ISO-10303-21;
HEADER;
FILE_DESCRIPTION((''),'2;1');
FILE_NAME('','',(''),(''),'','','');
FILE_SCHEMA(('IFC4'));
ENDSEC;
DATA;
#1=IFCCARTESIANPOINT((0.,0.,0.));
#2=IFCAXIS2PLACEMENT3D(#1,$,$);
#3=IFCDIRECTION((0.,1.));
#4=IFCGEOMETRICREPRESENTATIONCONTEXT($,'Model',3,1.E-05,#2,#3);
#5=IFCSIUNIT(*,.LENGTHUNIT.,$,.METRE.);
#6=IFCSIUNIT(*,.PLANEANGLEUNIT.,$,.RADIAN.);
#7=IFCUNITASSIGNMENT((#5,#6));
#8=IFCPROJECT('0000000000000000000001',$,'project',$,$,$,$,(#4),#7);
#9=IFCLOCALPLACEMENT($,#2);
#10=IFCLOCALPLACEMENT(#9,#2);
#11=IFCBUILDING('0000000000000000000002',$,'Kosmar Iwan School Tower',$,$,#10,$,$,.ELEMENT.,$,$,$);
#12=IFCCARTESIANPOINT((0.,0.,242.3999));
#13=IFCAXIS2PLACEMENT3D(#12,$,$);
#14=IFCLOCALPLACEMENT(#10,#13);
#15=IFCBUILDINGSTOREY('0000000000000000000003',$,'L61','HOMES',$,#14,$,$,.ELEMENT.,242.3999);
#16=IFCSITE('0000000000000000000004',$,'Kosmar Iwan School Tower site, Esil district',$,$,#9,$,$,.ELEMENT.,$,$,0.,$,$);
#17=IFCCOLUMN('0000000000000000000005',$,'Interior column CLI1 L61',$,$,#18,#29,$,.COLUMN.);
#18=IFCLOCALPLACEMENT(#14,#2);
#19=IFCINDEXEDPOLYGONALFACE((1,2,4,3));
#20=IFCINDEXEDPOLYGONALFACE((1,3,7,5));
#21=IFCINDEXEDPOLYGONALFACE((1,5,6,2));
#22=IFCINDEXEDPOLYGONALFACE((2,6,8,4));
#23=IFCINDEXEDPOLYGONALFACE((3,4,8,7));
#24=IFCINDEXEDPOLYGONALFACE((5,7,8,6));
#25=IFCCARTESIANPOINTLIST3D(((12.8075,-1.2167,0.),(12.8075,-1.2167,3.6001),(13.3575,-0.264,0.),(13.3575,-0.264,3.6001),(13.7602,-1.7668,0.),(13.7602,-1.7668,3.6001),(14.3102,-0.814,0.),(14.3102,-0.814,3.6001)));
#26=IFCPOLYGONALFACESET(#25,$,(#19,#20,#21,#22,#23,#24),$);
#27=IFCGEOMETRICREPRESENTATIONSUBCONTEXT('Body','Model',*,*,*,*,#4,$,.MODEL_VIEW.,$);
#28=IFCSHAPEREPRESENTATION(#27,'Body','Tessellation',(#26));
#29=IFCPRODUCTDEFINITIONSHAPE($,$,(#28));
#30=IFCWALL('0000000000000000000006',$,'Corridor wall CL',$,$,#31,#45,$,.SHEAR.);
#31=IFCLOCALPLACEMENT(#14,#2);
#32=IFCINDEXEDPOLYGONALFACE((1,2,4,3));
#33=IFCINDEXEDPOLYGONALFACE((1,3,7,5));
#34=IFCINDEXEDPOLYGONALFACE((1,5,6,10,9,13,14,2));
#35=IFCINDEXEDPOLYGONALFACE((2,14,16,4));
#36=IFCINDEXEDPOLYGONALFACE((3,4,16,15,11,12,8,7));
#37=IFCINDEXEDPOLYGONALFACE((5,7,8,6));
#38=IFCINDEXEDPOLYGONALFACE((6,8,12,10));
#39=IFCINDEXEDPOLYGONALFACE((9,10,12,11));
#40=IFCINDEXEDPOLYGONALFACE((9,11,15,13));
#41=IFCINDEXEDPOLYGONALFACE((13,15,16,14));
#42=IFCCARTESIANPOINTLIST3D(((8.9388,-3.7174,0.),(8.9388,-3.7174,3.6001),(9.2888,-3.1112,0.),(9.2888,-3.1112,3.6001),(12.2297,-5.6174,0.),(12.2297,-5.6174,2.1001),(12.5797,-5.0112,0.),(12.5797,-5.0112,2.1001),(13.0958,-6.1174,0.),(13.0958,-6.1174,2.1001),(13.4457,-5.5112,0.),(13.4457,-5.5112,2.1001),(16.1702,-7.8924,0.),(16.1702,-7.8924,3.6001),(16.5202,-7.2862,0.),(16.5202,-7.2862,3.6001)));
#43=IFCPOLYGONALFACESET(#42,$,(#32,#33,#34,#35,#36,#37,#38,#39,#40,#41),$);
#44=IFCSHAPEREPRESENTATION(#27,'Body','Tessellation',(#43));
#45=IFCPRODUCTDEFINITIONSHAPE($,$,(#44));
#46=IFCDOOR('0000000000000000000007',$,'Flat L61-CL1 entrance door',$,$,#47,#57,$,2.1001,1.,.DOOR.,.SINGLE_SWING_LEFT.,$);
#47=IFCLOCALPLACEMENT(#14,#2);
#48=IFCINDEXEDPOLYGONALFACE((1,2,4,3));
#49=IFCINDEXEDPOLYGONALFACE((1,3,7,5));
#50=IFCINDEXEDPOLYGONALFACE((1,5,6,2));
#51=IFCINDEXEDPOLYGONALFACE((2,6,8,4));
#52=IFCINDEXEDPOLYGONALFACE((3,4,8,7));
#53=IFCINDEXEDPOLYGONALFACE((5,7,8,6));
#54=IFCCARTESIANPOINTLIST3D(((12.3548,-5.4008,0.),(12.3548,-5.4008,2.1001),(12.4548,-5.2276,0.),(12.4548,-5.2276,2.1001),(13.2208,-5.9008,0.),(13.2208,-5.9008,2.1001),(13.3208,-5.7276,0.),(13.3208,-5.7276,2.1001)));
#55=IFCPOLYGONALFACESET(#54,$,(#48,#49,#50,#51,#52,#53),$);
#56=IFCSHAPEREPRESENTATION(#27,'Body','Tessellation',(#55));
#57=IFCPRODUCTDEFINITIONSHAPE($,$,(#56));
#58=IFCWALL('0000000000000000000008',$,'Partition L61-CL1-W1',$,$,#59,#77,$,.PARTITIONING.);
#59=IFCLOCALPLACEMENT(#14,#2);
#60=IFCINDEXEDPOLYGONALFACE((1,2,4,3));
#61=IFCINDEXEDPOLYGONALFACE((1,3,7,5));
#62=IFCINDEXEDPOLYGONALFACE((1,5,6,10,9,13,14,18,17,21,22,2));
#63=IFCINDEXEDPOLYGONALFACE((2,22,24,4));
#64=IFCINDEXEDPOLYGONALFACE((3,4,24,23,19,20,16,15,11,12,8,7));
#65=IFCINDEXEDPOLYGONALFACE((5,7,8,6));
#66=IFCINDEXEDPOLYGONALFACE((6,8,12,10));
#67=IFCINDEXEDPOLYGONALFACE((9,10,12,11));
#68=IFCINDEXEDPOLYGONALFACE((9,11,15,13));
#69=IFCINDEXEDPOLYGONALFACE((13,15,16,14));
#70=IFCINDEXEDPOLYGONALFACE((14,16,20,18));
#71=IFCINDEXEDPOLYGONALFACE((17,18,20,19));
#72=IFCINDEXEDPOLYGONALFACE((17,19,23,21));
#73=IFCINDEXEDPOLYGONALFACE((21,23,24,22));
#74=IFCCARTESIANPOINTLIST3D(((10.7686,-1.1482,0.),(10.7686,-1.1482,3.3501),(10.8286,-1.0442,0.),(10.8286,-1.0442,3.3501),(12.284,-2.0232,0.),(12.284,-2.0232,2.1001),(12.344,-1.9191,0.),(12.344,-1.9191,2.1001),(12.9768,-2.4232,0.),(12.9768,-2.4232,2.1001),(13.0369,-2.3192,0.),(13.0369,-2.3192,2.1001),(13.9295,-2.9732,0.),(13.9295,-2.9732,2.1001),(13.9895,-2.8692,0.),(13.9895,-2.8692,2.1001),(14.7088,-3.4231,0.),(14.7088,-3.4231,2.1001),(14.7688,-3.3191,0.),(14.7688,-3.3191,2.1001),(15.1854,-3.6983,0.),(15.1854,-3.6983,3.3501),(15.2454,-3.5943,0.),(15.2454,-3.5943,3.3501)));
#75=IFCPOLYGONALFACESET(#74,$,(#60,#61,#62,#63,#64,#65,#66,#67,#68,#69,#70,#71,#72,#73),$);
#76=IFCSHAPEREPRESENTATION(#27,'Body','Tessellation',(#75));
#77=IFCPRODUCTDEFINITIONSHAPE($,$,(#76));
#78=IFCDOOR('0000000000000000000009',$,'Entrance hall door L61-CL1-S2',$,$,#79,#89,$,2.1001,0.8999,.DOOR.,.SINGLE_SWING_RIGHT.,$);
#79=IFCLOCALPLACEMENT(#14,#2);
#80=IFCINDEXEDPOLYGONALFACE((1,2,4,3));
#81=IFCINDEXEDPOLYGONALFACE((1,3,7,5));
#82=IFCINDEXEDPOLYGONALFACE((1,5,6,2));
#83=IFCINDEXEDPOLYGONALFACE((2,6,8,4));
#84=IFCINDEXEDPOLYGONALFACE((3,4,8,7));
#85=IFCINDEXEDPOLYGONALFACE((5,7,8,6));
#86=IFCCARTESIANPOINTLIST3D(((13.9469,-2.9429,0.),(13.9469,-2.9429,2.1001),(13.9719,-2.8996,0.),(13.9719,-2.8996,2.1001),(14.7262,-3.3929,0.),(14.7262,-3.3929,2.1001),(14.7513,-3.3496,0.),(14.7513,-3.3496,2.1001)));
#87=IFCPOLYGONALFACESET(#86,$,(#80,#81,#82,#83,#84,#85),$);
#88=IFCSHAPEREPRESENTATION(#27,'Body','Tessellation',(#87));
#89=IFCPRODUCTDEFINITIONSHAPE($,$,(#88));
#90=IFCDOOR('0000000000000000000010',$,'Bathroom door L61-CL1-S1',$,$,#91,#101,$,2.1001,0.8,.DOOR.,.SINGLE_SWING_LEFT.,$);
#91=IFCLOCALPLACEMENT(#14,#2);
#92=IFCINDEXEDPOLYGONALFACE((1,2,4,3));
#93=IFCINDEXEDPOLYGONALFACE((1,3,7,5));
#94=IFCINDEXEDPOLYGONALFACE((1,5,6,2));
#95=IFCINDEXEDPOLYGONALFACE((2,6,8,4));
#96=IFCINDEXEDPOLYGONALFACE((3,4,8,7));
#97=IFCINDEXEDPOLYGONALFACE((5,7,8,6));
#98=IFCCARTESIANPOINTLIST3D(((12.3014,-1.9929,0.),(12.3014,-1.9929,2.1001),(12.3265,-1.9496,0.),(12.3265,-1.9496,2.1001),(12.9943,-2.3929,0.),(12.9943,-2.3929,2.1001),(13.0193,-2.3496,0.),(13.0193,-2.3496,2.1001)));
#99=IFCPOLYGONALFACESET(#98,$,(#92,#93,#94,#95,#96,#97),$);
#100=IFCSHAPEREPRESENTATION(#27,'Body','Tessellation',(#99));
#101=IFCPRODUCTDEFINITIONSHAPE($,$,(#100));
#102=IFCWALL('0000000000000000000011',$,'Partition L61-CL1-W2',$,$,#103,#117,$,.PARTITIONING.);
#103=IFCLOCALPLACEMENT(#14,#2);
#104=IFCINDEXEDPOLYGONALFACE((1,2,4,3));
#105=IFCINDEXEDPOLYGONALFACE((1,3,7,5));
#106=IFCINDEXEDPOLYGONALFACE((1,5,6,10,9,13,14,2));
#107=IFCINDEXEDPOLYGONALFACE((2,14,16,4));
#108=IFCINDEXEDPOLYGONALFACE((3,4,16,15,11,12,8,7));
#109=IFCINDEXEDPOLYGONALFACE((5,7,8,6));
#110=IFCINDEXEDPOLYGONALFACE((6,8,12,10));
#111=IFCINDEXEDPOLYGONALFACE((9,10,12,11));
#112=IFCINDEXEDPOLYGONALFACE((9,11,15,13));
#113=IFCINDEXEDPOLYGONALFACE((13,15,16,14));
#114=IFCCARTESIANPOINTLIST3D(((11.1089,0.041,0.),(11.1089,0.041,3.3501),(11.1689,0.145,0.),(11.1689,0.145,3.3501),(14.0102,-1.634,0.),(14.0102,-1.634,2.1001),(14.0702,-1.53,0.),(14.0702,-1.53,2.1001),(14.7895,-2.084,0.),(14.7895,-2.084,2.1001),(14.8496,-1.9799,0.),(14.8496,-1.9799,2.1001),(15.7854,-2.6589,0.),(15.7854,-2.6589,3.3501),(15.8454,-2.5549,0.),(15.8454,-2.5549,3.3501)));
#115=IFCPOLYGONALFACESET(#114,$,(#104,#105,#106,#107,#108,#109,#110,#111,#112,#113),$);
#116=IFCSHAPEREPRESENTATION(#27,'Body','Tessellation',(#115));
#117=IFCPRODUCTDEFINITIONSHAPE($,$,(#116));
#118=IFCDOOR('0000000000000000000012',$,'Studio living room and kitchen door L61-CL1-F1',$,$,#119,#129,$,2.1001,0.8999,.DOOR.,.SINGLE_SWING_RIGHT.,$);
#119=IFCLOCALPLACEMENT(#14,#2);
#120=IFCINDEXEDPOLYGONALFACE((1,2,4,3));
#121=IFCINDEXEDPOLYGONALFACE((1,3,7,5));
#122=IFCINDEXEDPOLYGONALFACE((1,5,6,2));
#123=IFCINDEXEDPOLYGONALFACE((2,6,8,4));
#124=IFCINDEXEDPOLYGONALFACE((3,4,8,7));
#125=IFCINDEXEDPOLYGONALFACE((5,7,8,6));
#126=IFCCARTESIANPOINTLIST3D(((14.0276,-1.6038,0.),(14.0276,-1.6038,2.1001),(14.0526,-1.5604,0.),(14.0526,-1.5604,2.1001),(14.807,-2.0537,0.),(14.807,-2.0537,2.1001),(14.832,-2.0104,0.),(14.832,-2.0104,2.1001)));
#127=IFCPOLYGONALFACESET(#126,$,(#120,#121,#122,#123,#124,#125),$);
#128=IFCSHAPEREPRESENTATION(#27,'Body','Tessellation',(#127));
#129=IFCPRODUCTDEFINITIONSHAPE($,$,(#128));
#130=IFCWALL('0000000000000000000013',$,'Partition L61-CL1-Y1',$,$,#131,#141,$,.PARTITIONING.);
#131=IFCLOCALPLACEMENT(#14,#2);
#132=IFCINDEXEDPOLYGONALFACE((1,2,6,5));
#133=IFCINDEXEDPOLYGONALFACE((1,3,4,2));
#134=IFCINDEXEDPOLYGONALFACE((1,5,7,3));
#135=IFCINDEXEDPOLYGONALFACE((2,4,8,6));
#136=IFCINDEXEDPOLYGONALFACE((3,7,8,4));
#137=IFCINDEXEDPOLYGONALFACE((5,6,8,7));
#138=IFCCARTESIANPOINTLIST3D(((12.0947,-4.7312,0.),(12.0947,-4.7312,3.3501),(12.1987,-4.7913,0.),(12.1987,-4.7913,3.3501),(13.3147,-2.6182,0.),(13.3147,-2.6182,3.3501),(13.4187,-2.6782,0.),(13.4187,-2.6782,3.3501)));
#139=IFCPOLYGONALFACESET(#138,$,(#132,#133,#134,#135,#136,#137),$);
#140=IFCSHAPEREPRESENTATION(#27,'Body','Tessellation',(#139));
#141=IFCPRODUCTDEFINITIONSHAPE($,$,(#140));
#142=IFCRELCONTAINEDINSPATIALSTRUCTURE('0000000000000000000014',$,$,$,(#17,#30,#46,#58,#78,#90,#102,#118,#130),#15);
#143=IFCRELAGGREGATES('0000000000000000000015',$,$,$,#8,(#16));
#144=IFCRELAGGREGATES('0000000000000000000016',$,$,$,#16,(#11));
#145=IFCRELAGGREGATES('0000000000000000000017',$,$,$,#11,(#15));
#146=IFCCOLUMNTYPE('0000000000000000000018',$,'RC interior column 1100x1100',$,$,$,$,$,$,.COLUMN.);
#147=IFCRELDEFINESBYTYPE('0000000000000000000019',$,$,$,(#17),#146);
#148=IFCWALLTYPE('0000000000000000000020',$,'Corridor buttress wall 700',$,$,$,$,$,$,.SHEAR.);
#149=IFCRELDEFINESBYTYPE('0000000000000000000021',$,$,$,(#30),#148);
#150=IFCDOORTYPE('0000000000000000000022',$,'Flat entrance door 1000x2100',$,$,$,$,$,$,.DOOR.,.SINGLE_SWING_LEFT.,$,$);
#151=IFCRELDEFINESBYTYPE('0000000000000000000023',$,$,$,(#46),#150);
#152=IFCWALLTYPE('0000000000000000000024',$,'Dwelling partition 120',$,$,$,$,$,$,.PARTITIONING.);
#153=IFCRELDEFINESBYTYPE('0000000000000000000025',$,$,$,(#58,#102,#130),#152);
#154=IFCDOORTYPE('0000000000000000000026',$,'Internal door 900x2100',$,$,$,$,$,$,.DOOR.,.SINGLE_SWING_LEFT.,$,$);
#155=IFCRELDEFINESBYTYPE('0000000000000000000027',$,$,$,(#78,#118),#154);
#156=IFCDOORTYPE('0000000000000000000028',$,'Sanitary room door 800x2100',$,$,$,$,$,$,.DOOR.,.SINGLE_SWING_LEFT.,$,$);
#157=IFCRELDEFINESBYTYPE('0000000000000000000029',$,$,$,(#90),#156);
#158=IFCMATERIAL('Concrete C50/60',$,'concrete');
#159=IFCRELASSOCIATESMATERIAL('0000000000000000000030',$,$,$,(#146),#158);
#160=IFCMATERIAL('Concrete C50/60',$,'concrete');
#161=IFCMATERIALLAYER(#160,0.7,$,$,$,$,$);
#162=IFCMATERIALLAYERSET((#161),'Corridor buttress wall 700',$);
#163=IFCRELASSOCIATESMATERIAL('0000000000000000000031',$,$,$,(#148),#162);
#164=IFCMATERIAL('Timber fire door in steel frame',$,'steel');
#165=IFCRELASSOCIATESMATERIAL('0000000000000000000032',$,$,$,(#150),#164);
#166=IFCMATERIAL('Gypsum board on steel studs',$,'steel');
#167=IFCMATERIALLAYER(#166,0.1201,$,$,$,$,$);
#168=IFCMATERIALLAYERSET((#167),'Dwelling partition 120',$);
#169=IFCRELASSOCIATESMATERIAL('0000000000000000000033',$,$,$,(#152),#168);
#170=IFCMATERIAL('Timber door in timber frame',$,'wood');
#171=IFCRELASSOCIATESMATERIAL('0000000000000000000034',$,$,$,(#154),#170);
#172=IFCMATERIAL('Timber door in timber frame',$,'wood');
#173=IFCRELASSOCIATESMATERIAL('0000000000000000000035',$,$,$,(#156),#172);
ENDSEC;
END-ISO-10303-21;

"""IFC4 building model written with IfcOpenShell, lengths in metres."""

from ifc_helpers import new_model, si_unit, direction, frame, frame_2d, origin, origin_2d, place, context, subcontext, project, spatial, rectangle, extrude, material, layer, layer_set, material_profile, profile_set, type_object, element, fill, save


model = new_model("IFC4")

# Units and contexts
model_context = context("Model", 3, precision=1e-05, world=origin(), true_north=direction((0.0, 1.0)))
body_context = subcontext(model_context, "Body", "Model", "MODEL_VIEW")
ifc_project = project(units=[si_unit("LENGTHUNIT", "METRE"), si_unit("PLANEANGLEUNIT", "RADIAN")], contexts=[model_context])

# Site, building, storey
site_placement = place(None, origin())
site = spatial("IfcSite", under=ifc_project, at=site_placement, Name="Kosmar Iwan School Tower site, Esil district", CompositionType="ELEMENT", RefElevation=0.0)
building_placement = place(site_placement, origin())
building = spatial("IfcBuilding", under=site, at=building_placement, Name="Kosmar Iwan School Tower", CompositionType="ELEMENT")
storey_placement = place(building_placement, frame((0.0, 0.0, 242.3999)))
storey = spatial("IfcBuildingStorey", under=building, at=storey_placement, Name="L61", Description="HOMES", CompositionType="ELEMENT", Elevation=242.3999)

# Column
ifc_material_1 = material(Name="Concrete C50/60", Category="concrete")
ifc_material_profile = material_profile(ifc_material_1, rectangle(XDim=1.1001, YDim=1.1001, at=origin_2d()), Name="RC 1100x1100")
ifc_profile_set = profile_set([ifc_material_profile], Name="Concrete C50/60")
column_type = type_object("IfcColumnType", Name="RC interior column 1100x1100", PredefinedType="COLUMN", material=ifc_profile_set)
column_placement = place(storey_placement, frame((13.5588, -1.0154, 0.0), z_axis=(0.0, 0.0, 1.0), x_axis=(0.866025, -0.5, 0.0)))
element("IfcColumn", 1, at=column_placement, inside=storey, type_object=column_type, Name="Interior column CLI1 L61", PredefinedType="COLUMN", context=body_context, shape_type="SweptSolid", body=[
    extrude(rectangle(XDim=1.1001, YDim=1.1001, at=origin_2d()), origin(), (0.0, 0.0, 1.0), 3.6001),
])

# Wall, opening, door
ifc_material_2 = material(Name="Concrete C50/60", Category="concrete")
ifc_layer_1 = layer(ifc_material_2, 0.7)
ifc_layer_set_1 = layer_set([ifc_layer_1], Name="Corridor buttress wall 700")
wall_type_1 = type_object("IfcWallType", Name="Corridor buttress wall 700", PredefinedType="SHEAR", material=ifc_layer_set_1)
wall_1_placement = place(storey_placement, frame((9.1138, -3.4143, 0.0), z_axis=(0.0, 0.0, 1.0), x_axis=(0.866027, -0.499997, 0.0)))
wall_1 = element("IfcWall", 2, at=wall_1_placement, inside=storey, type_object=wall_type_1, Name="Corridor wall CL", PredefinedType="SHEAR", context=body_context, shape_type="SweptSolid", body=[
    extrude(rectangle(XDim=8.3501, YDim=0.7, at=frame_2d((4.175, 0.0))), origin(), (0.0, 0.0, 1.0), 3.6001),
])
opening_1_placement = place(wall_1_placement, frame((3.8, 0.0, 0.0)))
opening_1 = element("IfcOpeningElement", 3, at=opening_1_placement, cuts=wall_1, PredefinedType="OPENING", context=body_context, shape_type="SweptSolid", body=[
    extrude(rectangle(XDim=1.0, YDim=2.1001, at=frame_2d((0.5, 1.05))), frame((0.0, 0.3621, 0.0), z_axis=(0.0, -1.0, 0.0), x_axis=(1.0, 0.0, 0.0)), (0.0, 0.0, 1.0), 0.7239),
])
ifc_material_3 = material(Name="Timber fire door in steel frame", Category="steel")
door_type_1 = type_object("IfcDoorType", Name="Flat entrance door 1000x2100", OperationType="SINGLE_SWING_LEFT", PredefinedType="DOOR", material=ifc_material_3)
door_1_placement = place(opening_1_placement, origin())
door_1 = element("IfcDoor", 4, at=door_1_placement, inside=storey, type_object=door_type_1, Name="Flat L61-CL1 entrance door", OperationType="SINGLE_SWING_LEFT", OverallHeight=2.1001, OverallWidth=1.0, PredefinedType="DOOR", context=body_context, shape_type="SweptSolid", body=[
    extrude(rectangle(XDim=1.0, YDim=2.1001, at=frame_2d((0.5, 1.05))), frame((0.0, 0.1001, 0.0), z_axis=(0.0, -1.0, 0.0), x_axis=(1.0, 0.0, 0.0)), (0.0, 0.0, 1.0), 0.2),
])
fill(opening_1, door_1)

# Wall, openings, doors
ifc_material_4 = material(Name="Gypsum board on steel studs", Category="steel")
ifc_layer_2 = layer(ifc_material_4, 0.1201)
ifc_layer_set_2 = layer_set([ifc_layer_2], Name="Dwelling partition 120")
wall_type_2 = type_object("IfcWallType", Name="Dwelling partition 120", PredefinedType="PARTITIONING", material=ifc_layer_set_2)
wall_2_placement = place(storey_placement, frame((10.7986, -1.0962, 0.0), z_axis=(0.0, 0.0, 1.0), x_axis=(0.866022, -0.500006, 0.0)))
wall_2 = element("IfcWall", 5, at=wall_2_placement, inside=storey, type_object=wall_type_2, Name="Partition L61-CL1-W1", PredefinedType="PARTITIONING", context=body_context, shape_type="SweptSolid", body=[
    extrude(rectangle(XDim=5.1001, YDim=0.1201, at=frame_2d((2.55, 0.0))), origin(), (0.0, 0.0, 1.0), 3.3501),
])
opening_2_placement = place(wall_2_placement, frame((1.75, 0.0, 0.0)))
opening_2 = element("IfcOpeningElement", 6, at=opening_2_placement, cuts=wall_2, PredefinedType="OPENING", context=body_context, shape_type="SweptSolid", body=[
    extrude(rectangle(XDim=0.8, YDim=2.1001, at=frame_2d((0.3999, 1.05))), frame((0.0, 0.072, 0.0), z_axis=(0.0, -1.0, 0.0), x_axis=(1.0, 0.0, 0.0)), (0.0, 0.0, 1.0), 0.144),
])
opening_3_placement = place(wall_2_placement, frame((3.6499, 0.0, 0.0)))
opening_3 = element("IfcOpeningElement", 7, at=opening_3_placement, cuts=wall_2, PredefinedType="OPENING", context=body_context, shape_type="SweptSolid", body=[
    extrude(rectangle(XDim=0.8999, YDim=2.1001, at=frame_2d((0.45, 1.05))), frame((0.0, 0.072, 0.0), z_axis=(0.0, -1.0, 0.0), x_axis=(1.0, 0.0, 0.0)), (0.0, 0.0, 1.0), 0.144),
])
ifc_material_5 = material(Name="Timber door in timber frame", Category="wood")
door_type_2 = type_object("IfcDoorType", Name="Internal door 900x2100", OperationType="SINGLE_SWING_LEFT", PredefinedType="DOOR", material=ifc_material_5)
door_2_placement = place(opening_3_placement, origin())
door_2 = element("IfcDoor", 8, at=door_2_placement, inside=storey, type_object=door_type_2, Name="Entrance hall door L61-CL1-S2", OperationType="SINGLE_SWING_RIGHT", OverallHeight=2.1001, OverallWidth=0.8999, PredefinedType="DOOR", context=body_context, shape_type="SweptSolid", body=[
    extrude(rectangle(XDim=0.8999, YDim=2.1001, at=frame_2d((0.45, 1.05))), frame((0.0, 0.0249, 0.0), z_axis=(0.0, -1.0, 0.0), x_axis=(1.0, 0.0, 0.0)), (0.0, 0.0, 1.0), 0.05),
])
fill(opening_3, door_2)
ifc_material_6 = material(Name="Timber door in timber frame", Category="wood")
door_type_3 = type_object("IfcDoorType", Name="Sanitary room door 800x2100", OperationType="SINGLE_SWING_LEFT", PredefinedType="DOOR", material=ifc_material_6)
door_3_placement = place(opening_2_placement, origin())
door_3 = element("IfcDoor", 9, at=door_3_placement, inside=storey, type_object=door_type_3, Name="Bathroom door L61-CL1-S1", OperationType="SINGLE_SWING_LEFT", OverallHeight=2.1001, OverallWidth=0.8, PredefinedType="DOOR", context=body_context, shape_type="SweptSolid", body=[
    extrude(rectangle(XDim=0.8, YDim=2.1001, at=frame_2d((0.3999, 1.05))), frame((0.0, 0.0249, 0.0), z_axis=(0.0, -1.0, 0.0), x_axis=(1.0, 0.0, 0.0)), (0.0, 0.0, 1.0), 0.05),
])
fill(opening_2, door_3)

# Wall, opening, door
wall_3_placement = place(storey_placement, frame((11.1389, 0.093, 0.0), z_axis=(0.0, 0.0, 1.0), x_axis=(0.866028, -0.499995, 0.0)))
wall_3 = element("IfcWall", 10, at=wall_3_placement, inside=storey, type_object=wall_type_2, Name="Partition L61-CL1-W2", PredefinedType="PARTITIONING", context=body_context, shape_type="SweptSolid", body=[
    extrude(rectangle(XDim=5.3999, YDim=0.1201, at=frame_2d((2.7, 0.0))), origin(), (0.0, 0.0, 1.0), 3.3501),
])
opening_4_placement = place(wall_3_placement, frame((3.3501, 0.0, 0.0)))
opening_4 = element("IfcOpeningElement", 11, at=opening_4_placement, cuts=wall_3, PredefinedType="OPENING", context=body_context, shape_type="SweptSolid", body=[
    extrude(rectangle(XDim=0.8999, YDim=2.1001, at=frame_2d((0.45, 1.05))), frame((0.0, 0.072, 0.0), z_axis=(0.0, -1.0, 0.0), x_axis=(1.0, 0.0, 0.0)), (0.0, 0.0, 1.0), 0.144),
])
door_4_placement = place(opening_4_placement, origin())
door_4 = element("IfcDoor", 12, at=door_4_placement, inside=storey, type_object=door_type_2, Name="Studio living room and kitchen door L61-CL1-F1", OperationType="SINGLE_SWING_RIGHT", OverallHeight=2.1001, OverallWidth=0.8999, PredefinedType="DOOR", context=body_context, shape_type="SweptSolid", body=[
    extrude(rectangle(XDim=0.8999, YDim=2.1001, at=frame_2d((0.45, 1.05))), frame((0.0, 0.0249, 0.0), z_axis=(0.0, -1.0, 0.0), x_axis=(1.0, 0.0, 0.0)), (0.0, 0.0, 1.0), 0.05),
])
fill(opening_4, door_4)

# Wall
wall_4_placement = place(storey_placement, frame((12.1467, -4.7612, 0.0), z_axis=(0.0, 0.0, 1.0), x_axis=(0.500003, 0.866024, 0.0)))
element("IfcWall", 13, at=wall_4_placement, inside=storey, type_object=wall_type_2, Name="Partition L61-CL1-Y1", PredefinedType="PARTITIONING", context=body_context, shape_type="SweptSolid", body=[
    extrude(rectangle(XDim=2.4399, YDim=0.1201, at=frame_2d((1.22, 0.0))), origin(), (0.0, 0.0, 1.0), 3.3501),
])

save(model, "model.ifc")
